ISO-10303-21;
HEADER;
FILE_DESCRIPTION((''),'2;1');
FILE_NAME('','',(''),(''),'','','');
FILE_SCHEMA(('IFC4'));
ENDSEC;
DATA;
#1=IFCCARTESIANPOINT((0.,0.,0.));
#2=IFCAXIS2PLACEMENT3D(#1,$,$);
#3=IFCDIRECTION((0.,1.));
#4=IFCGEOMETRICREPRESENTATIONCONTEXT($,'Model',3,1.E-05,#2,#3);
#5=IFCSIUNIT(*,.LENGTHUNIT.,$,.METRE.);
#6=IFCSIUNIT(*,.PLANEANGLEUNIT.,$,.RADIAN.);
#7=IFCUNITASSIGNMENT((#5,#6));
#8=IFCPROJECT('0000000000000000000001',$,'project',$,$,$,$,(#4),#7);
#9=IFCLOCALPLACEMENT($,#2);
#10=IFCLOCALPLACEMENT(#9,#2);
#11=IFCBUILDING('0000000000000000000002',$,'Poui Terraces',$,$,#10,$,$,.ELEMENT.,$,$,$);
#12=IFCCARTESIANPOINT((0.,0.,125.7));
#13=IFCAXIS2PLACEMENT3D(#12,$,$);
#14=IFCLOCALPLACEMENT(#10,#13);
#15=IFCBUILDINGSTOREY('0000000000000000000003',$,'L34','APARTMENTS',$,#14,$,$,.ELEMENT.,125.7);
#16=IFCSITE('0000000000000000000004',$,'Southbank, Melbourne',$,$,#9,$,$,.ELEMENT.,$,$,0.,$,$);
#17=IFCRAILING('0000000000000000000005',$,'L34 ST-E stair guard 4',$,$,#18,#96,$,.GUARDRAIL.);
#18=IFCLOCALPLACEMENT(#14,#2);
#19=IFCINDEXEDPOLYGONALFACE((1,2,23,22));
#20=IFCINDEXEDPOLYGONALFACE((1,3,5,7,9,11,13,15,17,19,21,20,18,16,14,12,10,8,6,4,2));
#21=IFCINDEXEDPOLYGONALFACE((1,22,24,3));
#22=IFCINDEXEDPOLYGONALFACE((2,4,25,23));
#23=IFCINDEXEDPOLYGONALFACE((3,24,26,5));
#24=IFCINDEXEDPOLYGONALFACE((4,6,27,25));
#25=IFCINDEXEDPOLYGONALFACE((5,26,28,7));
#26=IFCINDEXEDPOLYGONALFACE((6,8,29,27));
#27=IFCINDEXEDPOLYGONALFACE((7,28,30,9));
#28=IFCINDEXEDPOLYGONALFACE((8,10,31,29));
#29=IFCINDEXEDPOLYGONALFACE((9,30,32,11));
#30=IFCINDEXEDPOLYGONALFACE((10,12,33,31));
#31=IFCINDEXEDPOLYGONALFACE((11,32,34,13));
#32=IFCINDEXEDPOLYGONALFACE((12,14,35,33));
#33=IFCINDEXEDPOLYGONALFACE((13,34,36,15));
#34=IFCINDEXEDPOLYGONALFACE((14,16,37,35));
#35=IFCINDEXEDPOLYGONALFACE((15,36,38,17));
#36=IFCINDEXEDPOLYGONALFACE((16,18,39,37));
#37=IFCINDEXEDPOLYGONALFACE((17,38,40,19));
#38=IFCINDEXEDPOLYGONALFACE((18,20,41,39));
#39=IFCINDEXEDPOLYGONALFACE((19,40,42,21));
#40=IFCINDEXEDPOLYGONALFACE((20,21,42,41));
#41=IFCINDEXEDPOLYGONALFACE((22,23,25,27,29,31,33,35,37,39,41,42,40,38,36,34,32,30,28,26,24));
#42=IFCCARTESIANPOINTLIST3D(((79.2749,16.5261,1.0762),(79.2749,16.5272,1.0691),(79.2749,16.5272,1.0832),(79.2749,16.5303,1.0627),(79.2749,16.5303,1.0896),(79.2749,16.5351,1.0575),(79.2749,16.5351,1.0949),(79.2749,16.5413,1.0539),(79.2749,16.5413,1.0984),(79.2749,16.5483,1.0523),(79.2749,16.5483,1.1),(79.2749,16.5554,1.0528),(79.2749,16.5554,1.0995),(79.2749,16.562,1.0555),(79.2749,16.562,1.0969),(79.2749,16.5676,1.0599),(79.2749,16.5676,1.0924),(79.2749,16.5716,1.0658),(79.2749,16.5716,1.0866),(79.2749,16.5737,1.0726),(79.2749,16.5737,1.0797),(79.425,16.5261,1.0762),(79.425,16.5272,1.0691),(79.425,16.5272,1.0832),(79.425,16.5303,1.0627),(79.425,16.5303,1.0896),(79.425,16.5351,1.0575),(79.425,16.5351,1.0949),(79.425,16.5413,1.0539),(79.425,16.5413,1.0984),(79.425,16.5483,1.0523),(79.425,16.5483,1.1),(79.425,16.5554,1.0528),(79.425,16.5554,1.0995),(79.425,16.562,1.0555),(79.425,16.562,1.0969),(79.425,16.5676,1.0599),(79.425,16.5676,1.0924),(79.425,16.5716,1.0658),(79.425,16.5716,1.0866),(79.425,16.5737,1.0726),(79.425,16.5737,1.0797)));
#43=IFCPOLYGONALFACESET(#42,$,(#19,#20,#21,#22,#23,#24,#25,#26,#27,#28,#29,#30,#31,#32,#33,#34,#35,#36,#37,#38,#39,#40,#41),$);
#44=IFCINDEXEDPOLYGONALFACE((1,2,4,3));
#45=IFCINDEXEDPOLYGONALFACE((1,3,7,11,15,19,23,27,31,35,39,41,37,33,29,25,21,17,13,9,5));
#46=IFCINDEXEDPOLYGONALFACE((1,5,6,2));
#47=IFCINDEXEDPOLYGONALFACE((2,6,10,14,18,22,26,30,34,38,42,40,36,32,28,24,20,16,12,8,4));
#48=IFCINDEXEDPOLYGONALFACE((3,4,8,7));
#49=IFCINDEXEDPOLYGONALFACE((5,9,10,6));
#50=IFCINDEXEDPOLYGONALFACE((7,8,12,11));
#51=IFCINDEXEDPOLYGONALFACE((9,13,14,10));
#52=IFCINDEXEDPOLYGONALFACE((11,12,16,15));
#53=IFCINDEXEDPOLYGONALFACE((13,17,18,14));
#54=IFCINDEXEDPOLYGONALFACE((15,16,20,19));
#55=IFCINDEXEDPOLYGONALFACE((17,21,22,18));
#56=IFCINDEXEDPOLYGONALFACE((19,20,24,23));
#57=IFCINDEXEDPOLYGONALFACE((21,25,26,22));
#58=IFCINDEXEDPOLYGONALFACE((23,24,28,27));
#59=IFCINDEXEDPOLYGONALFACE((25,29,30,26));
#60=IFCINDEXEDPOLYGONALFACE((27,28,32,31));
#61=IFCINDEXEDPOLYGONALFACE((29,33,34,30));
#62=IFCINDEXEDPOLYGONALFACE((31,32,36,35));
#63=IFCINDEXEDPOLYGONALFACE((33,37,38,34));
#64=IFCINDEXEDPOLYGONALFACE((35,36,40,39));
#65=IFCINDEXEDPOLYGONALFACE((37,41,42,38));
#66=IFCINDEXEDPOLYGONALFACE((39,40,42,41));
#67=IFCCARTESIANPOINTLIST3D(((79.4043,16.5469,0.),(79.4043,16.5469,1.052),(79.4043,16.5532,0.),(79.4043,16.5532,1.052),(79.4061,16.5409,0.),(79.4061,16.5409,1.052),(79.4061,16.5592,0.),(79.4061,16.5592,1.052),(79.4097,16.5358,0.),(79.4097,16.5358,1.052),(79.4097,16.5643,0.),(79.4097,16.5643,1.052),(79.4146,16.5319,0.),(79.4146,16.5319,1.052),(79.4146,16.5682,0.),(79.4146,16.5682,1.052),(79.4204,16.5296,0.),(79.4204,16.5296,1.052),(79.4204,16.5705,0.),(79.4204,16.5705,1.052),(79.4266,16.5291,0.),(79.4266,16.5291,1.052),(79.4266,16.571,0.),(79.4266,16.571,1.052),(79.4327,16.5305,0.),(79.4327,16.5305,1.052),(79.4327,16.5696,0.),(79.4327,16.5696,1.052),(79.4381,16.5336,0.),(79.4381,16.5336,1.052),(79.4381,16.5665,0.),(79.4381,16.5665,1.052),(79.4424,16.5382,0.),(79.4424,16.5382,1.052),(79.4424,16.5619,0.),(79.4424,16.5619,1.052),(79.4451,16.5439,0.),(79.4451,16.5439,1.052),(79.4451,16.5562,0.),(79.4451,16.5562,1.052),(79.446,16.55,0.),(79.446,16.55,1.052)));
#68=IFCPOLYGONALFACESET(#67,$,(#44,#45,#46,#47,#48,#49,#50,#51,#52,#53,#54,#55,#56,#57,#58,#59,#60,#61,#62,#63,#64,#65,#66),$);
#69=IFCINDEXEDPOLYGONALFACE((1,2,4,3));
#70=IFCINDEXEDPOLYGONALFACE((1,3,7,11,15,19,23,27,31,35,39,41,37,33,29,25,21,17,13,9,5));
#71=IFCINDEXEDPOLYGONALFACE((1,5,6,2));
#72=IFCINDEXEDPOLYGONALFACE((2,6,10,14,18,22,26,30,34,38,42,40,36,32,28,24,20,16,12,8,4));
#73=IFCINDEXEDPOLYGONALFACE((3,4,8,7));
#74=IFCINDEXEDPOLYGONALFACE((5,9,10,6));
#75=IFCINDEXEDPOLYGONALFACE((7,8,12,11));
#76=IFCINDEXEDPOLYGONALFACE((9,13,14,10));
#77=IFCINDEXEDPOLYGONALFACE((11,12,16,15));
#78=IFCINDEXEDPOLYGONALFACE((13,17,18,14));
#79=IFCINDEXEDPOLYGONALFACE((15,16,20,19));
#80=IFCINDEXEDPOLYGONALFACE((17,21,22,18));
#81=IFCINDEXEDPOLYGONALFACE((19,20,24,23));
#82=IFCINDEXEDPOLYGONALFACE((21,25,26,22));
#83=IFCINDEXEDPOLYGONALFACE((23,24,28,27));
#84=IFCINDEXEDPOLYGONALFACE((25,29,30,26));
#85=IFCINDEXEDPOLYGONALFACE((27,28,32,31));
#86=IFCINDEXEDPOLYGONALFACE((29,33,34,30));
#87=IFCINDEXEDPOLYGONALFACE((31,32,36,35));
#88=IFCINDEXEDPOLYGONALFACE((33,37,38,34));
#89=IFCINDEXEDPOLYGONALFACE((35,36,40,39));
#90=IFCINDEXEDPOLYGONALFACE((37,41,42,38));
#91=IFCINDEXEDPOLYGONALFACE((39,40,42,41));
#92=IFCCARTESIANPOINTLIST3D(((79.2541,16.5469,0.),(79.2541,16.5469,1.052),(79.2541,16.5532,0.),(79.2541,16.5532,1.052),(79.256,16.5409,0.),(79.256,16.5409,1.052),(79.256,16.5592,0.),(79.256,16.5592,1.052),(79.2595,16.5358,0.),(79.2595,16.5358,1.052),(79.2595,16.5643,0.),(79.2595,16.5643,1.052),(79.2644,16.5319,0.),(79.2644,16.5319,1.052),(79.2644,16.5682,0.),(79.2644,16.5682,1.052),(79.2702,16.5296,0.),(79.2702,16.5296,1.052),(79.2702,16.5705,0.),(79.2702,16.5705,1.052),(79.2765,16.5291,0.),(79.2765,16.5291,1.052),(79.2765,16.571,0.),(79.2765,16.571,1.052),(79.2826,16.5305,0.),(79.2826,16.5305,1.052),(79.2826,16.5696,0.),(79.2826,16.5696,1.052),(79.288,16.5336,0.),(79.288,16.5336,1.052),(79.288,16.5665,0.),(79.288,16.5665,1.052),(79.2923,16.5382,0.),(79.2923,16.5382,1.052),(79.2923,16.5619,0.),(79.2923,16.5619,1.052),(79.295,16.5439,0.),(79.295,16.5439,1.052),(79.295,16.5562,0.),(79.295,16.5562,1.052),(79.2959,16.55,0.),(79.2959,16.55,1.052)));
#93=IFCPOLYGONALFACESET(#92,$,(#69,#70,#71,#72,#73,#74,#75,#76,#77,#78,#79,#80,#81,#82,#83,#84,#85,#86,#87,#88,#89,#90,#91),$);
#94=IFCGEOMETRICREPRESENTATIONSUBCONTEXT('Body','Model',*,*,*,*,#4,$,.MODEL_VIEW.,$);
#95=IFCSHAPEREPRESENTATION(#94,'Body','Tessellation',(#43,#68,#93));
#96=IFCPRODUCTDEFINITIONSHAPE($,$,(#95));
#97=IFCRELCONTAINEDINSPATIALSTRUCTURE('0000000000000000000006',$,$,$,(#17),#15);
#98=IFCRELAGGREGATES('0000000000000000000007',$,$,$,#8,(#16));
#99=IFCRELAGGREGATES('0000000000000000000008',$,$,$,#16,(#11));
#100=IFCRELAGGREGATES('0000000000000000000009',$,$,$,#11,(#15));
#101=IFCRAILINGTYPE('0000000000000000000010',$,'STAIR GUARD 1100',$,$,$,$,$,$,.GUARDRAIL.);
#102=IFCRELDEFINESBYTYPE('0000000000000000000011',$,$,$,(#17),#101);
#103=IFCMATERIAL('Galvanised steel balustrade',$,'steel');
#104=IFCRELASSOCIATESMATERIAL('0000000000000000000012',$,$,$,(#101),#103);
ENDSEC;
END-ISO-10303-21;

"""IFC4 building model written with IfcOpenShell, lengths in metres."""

from ifc_helpers import new_model, si_unit, direction, frame, origin, origin_2d, place, context, subcontext, project, spatial, circle, extrude, material, type_object, element, save


model = new_model("IFC4")

# Units and contexts
model_context = context("Model", 3, precision=1e-05, world=origin(), true_north=direction((0.0, 1.0)))
body_context = subcontext(model_context, "Body", "Model", "MODEL_VIEW")
ifc_project = project(units=[si_unit("LENGTHUNIT", "METRE"), si_unit("PLANEANGLEUNIT", "RADIAN")], contexts=[model_context])

# Site, building, storey
site_placement = place(None, origin())
site = spatial("IfcSite", under=ifc_project, at=site_placement, Name="Southbank, Melbourne", CompositionType="ELEMENT", RefElevation=0.0)
building_placement = place(site_placement, origin())
building = spatial("IfcBuilding", under=site, at=building_placement, Name="Poui Terraces", CompositionType="ELEMENT")
storey_placement = place(building_placement, frame((0.0, 0.0, 125.7)))
storey = spatial("IfcBuildingStorey", under=building, at=storey_placement, Name="L34", Description="APARTMENTS", CompositionType="ELEMENT", Elevation=125.7)

# Railing
ifc_material_1 = material(Name="Galvanised steel balustrade", Category="steel")
railing_type_1 = type_object("IfcRailingType", Name="STAIR GUARD 1100", PredefinedType="GUARDRAIL", material=ifc_material_1)
railing_1_placement = place(storey_placement, frame((79.425, 16.55, 0.0)))
element("IfcRailing", 1, at=railing_1_placement, inside=storey, type_object=railing_type_1, Name="L34 ST-E stair guard 4", PredefinedType="GUARDRAIL", context=body_context, shape_type="SweptSolid", body=[
    extrude(circle(Radius=0.0239, at=origin_2d()), frame((0.0, 0.0, 1.0762), z_axis=(-1.0, 0.0, 0.0), x_axis=(0.0, -1.0, 0.0)), (0.0, 0.0, 1.0), 0.1501),
    extrude(circle(Radius=0.021, at=origin_2d()), origin(), (0.0, 0.0, 1.0), 1.052),
    extrude(circle(Radius=0.021, at=origin_2d()), frame((-0.1501, 0.0, 0.0)), (0.0, 0.0, 1.0), 1.052),
])

save(model, "model.ifc")
